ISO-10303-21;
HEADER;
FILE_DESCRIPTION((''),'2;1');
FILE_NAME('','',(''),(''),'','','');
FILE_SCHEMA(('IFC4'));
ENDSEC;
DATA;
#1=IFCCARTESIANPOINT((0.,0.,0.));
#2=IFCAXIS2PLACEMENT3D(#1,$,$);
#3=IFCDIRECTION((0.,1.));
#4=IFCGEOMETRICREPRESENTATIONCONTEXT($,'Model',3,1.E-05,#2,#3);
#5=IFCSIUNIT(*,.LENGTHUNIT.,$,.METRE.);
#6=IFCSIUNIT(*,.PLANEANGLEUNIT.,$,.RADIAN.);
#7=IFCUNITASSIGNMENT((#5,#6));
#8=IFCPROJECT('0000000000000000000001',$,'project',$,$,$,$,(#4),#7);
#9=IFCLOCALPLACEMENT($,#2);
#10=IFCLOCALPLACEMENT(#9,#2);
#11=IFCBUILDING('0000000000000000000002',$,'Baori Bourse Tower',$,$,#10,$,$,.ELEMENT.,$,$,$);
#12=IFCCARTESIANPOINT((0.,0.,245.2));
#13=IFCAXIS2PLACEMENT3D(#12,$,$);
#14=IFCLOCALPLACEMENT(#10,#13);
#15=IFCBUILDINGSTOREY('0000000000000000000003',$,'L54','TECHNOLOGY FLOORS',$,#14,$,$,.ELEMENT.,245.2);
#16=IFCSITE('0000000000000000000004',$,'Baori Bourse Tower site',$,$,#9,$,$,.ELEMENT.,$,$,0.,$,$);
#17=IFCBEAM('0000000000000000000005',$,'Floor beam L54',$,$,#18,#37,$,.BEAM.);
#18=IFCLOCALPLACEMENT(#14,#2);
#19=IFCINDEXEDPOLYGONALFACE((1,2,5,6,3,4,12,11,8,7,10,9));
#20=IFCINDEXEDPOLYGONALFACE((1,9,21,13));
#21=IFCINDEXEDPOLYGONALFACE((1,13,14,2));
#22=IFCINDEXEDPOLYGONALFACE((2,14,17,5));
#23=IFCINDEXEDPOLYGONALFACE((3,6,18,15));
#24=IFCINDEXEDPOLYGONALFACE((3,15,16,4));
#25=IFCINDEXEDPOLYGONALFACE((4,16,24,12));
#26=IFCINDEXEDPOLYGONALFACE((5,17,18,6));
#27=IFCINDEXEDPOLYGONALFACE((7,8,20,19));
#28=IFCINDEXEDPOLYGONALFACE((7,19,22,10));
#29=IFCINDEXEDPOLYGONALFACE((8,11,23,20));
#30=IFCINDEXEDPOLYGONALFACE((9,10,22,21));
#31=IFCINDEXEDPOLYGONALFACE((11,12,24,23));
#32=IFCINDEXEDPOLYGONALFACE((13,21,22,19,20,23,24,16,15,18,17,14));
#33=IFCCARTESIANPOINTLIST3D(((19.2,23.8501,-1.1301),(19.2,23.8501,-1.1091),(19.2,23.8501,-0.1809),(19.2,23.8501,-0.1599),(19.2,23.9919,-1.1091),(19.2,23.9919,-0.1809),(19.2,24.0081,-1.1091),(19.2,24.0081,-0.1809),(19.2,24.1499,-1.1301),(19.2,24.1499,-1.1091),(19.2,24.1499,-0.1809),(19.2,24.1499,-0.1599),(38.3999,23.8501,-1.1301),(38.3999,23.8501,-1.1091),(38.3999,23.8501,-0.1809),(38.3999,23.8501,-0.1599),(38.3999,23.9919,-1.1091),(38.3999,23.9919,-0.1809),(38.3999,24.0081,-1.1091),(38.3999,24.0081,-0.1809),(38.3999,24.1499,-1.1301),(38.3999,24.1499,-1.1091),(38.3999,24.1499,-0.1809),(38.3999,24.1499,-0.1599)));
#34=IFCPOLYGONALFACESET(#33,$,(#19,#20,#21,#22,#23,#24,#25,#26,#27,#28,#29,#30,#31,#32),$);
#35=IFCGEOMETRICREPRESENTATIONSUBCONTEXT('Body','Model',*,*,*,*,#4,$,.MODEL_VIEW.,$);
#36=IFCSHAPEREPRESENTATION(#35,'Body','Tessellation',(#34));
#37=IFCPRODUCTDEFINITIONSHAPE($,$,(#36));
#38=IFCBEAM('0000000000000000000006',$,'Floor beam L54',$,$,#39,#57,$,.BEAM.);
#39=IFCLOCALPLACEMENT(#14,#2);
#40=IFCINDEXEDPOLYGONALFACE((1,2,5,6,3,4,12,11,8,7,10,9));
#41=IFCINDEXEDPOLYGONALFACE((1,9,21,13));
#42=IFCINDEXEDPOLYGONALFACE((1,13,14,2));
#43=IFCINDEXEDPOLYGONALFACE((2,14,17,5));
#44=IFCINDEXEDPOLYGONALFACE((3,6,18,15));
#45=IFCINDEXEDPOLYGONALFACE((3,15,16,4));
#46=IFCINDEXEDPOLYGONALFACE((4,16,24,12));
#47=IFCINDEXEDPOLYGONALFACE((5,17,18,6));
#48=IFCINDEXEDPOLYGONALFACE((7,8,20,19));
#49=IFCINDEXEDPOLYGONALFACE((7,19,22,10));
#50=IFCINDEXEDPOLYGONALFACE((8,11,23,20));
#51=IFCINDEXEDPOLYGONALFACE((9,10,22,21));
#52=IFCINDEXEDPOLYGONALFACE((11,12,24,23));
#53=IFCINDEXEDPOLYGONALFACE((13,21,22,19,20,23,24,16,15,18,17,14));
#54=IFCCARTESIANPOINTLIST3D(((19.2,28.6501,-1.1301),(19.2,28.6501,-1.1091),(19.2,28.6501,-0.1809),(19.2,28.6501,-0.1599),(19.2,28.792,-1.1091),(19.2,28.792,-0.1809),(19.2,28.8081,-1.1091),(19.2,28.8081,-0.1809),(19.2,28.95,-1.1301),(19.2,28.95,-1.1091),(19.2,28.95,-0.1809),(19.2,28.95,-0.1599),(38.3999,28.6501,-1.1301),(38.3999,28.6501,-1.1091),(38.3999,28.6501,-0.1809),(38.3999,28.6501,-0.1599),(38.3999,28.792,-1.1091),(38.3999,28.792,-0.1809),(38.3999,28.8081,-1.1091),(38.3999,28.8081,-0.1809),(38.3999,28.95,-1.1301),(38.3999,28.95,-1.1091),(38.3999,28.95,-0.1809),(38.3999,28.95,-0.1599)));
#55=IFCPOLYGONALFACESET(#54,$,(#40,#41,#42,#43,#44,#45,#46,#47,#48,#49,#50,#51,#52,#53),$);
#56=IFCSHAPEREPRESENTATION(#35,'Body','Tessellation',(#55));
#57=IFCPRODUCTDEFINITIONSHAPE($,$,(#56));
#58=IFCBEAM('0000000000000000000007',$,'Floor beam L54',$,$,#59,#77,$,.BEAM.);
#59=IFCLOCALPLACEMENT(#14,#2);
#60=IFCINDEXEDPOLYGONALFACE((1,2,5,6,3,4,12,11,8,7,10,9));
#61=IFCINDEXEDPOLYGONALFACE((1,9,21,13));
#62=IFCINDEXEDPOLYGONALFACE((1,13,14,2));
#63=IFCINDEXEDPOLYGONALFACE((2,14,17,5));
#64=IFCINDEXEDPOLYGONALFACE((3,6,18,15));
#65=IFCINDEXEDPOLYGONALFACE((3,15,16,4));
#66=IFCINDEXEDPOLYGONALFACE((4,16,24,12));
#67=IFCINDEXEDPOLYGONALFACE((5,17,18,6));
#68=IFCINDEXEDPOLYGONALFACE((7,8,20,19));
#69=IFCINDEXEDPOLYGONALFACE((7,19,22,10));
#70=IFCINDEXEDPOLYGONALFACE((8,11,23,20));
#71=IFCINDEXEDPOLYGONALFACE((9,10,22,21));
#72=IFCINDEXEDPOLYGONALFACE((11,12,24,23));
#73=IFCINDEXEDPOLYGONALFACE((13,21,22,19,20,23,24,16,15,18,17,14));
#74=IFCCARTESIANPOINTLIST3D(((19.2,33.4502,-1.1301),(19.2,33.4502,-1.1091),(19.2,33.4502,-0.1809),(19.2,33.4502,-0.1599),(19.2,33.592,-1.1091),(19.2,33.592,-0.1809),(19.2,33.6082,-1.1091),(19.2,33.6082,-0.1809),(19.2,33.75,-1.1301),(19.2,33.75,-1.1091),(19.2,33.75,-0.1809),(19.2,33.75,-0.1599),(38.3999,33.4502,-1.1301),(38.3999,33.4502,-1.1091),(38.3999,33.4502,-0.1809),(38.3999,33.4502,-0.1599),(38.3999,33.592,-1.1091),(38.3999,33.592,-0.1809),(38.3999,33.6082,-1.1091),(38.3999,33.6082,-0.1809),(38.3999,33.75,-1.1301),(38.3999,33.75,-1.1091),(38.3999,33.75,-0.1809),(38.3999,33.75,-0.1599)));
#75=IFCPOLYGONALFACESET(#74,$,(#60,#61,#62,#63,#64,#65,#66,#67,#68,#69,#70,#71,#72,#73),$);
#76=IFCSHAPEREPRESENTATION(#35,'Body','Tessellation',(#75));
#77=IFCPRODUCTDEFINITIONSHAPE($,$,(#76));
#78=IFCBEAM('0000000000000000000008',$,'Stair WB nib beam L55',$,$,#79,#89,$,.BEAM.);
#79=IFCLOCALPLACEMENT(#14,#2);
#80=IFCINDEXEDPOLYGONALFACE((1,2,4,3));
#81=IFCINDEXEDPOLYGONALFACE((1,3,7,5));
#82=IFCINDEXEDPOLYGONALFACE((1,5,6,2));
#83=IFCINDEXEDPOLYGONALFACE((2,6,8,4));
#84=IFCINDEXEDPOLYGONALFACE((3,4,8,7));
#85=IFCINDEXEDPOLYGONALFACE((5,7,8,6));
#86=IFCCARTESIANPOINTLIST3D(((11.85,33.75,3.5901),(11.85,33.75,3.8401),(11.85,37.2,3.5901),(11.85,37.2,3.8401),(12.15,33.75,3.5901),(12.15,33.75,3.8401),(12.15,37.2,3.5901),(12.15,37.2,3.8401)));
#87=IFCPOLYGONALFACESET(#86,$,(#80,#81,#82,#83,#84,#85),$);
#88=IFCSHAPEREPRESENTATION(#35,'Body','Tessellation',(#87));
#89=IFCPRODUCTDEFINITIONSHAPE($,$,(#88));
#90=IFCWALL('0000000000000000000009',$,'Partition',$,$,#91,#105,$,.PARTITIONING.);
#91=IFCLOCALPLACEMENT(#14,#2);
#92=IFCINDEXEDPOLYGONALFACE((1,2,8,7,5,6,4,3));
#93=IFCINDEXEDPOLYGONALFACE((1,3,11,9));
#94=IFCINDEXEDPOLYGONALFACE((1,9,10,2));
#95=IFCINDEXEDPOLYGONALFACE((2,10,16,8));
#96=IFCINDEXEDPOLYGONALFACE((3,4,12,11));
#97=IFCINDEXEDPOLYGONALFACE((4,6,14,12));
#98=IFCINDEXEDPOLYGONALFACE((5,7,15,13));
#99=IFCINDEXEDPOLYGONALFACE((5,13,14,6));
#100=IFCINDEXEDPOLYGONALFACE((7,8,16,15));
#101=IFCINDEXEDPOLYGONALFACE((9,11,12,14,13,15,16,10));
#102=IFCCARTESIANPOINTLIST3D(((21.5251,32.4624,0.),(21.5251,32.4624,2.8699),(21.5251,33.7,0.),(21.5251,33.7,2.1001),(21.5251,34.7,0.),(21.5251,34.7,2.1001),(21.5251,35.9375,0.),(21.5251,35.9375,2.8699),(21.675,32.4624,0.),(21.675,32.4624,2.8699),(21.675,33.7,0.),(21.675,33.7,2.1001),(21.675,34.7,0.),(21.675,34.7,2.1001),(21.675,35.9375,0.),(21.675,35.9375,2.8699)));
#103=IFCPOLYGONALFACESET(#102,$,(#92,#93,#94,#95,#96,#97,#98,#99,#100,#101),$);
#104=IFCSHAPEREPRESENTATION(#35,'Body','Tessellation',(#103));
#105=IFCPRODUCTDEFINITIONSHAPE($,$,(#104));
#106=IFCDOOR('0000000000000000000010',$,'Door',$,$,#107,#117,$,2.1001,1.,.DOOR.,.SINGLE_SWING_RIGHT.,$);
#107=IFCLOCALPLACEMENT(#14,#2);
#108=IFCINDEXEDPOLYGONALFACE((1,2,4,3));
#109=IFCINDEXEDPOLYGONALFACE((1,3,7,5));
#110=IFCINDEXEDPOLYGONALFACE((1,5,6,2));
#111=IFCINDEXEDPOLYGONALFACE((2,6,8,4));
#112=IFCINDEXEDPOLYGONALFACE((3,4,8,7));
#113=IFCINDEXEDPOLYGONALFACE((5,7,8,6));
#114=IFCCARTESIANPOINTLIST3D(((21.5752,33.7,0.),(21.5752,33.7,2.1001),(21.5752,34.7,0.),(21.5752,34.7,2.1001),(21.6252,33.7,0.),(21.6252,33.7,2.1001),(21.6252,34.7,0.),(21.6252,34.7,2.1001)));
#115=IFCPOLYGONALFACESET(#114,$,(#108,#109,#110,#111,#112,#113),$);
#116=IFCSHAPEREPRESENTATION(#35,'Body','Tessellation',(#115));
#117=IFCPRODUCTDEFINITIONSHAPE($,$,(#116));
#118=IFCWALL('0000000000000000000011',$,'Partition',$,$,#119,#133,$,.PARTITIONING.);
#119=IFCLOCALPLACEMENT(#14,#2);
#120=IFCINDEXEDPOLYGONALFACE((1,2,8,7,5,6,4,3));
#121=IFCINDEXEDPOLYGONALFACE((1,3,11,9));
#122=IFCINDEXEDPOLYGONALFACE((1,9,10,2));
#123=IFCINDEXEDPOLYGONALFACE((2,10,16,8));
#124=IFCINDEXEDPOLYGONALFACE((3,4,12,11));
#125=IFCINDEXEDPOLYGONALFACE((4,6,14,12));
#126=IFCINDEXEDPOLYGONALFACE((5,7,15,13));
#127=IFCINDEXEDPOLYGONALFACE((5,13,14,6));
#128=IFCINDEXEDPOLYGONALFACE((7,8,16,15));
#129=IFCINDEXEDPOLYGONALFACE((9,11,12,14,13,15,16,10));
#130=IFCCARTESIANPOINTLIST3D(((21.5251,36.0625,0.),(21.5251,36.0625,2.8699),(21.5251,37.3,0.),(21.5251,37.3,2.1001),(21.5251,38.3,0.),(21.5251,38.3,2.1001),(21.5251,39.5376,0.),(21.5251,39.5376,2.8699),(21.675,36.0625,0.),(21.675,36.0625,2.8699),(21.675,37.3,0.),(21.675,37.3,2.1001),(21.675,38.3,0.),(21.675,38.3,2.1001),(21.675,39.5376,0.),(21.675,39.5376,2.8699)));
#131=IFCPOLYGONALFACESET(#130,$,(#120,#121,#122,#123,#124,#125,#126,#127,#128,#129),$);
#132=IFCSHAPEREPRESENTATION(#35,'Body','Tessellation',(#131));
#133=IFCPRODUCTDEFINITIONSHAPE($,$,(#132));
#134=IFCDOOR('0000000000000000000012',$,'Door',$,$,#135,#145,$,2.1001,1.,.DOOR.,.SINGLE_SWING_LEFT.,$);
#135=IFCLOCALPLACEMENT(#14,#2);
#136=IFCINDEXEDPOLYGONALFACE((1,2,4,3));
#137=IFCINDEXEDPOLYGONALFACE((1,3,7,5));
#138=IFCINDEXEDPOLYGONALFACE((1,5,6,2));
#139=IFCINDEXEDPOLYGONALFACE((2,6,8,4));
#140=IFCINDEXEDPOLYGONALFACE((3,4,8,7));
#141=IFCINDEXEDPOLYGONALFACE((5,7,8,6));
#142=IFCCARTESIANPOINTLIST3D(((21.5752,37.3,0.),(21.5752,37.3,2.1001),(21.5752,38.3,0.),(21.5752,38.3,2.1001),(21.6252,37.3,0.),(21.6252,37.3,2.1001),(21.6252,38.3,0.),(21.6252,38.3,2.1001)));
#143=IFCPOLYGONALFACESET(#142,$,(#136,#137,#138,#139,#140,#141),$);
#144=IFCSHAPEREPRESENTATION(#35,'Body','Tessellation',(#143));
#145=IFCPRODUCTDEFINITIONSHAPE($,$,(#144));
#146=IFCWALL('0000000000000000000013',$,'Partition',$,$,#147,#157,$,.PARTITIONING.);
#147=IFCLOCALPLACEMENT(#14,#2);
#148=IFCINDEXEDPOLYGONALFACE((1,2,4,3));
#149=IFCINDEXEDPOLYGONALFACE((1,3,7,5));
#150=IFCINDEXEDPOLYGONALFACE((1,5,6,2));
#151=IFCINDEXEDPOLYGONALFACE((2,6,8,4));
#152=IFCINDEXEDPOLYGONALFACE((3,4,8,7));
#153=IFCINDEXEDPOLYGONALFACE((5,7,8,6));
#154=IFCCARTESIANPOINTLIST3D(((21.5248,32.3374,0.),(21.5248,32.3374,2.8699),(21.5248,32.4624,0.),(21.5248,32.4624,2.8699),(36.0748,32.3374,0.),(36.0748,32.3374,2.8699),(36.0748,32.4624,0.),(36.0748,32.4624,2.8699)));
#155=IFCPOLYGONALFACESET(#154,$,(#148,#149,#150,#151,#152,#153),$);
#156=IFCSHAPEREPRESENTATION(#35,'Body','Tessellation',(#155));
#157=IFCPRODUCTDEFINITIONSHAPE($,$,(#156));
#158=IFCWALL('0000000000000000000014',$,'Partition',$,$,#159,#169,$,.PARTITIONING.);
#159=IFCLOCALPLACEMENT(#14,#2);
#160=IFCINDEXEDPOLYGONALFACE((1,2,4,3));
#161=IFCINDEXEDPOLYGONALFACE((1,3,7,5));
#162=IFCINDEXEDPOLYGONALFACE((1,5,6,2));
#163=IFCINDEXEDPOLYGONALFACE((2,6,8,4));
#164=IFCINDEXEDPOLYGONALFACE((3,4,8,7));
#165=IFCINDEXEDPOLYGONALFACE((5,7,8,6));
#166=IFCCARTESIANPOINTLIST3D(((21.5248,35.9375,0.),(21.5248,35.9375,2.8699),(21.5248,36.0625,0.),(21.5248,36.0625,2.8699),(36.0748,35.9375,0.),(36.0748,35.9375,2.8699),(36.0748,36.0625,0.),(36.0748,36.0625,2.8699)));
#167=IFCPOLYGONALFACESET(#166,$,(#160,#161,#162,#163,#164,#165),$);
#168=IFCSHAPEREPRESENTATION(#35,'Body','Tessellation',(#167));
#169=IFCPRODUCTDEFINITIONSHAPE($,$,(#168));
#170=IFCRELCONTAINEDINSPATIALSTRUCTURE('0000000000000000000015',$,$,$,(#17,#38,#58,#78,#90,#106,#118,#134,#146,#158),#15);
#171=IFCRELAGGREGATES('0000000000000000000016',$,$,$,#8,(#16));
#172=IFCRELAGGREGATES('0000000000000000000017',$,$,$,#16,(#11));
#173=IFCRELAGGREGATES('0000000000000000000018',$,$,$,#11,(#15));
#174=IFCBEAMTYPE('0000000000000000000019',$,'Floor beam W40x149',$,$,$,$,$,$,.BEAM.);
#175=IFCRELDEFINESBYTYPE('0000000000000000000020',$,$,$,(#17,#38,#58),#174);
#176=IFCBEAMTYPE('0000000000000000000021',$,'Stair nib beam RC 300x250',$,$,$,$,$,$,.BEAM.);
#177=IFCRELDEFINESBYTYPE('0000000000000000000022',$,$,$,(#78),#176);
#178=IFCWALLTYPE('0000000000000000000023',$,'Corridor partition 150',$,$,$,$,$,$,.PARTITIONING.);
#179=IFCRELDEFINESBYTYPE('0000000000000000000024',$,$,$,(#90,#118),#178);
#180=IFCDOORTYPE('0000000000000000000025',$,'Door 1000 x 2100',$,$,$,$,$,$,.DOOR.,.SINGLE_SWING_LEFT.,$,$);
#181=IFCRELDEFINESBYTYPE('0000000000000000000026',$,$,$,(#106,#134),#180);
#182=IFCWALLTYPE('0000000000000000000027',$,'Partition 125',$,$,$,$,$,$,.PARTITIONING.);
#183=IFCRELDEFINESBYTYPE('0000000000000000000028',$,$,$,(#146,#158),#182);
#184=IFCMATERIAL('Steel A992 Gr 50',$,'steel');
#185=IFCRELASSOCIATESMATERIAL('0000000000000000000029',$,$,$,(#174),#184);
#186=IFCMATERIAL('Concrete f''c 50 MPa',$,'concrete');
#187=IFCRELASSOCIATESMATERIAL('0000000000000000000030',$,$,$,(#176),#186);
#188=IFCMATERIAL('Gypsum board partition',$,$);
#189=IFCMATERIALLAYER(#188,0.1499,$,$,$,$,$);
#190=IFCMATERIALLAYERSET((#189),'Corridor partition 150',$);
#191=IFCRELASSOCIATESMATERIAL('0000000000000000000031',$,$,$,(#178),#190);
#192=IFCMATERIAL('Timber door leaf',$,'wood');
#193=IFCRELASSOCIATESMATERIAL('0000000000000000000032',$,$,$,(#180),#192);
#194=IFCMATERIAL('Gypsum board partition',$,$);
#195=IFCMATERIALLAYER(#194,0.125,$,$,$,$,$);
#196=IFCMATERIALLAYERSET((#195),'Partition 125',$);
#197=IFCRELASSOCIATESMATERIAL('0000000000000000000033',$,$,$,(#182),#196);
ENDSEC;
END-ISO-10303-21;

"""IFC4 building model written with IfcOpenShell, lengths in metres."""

from ifc_helpers import new_model, si_unit, direction, frame, frame_2d, origin, origin_2d, place, context, subcontext, project, spatial, rectangle, i_section, extrude, material, layer, layer_set, material_profile, profile_set, type_object, element, fill, save


model = new_model("IFC4")

# Units and contexts
model_context = context("Model", 3, precision=1e-05, world=origin(), true_north=direction((0.0, 1.0)))
body_context = subcontext(model_context, "Body", "Model", "MODEL_VIEW")
ifc_project = project(units=[si_unit("LENGTHUNIT", "METRE"), si_unit("PLANEANGLEUNIT", "RADIAN")], contexts=[model_context])

# Site, building, storey
site_placement = place(None, origin())
site = spatial("IfcSite", under=ifc_project, at=site_placement, Name="Baori Bourse Tower site", CompositionType="ELEMENT", RefElevation=0.0)
building_placement = place(site_placement, origin())
building = spatial("IfcBuilding", under=site, at=building_placement, Name="Baori Bourse Tower", CompositionType="ELEMENT")
storey_placement = place(building_placement, frame((0.0, 0.0, 245.2)))
storey = spatial("IfcBuildingStorey", under=building, at=storey_placement, Name="L54", Description="TECHNOLOGY FLOORS", CompositionType="ELEMENT", Elevation=245.2)

# Beams
ifc_material_1 = material(Name="Steel A992 Gr 50", Category="steel")
ifc_material_profile_1 = material_profile(ifc_material_1, i_section(OverallWidth=0.2998, OverallDepth=0.9702, WebThickness=0.0161, FlangeThickness=0.021, at=origin_2d()), Name="W40x149")
ifc_profile_set_1 = profile_set([ifc_material_profile_1], Name="Steel A992 Gr 50")
beam_type_1 = type_object("IfcBeamType", Name="Floor beam W40x149", PredefinedType="BEAM", material=ifc_profile_set_1)
for number, where, z_axis, x_axis, name in (
    (1, (19.2, 24.0, -0.645), (1.0, 0.0, 0.0), (0.0, 1.0, 0.0), "Floor beam L54"),
    (2, (19.2, 28.8, -0.645), (1.0, 0.0, 0.0), (0.0, 1.0, 0.0), "Floor beam L54"),
    (3, (19.2, 33.6001, -0.645), (1.0, 0.0, 0.0), (0.0, 1.0, 0.0), "Floor beam L54"),
):
    element("IfcBeam", number, at=place(storey_placement, frame(where, z_axis=z_axis, x_axis=x_axis)), inside=storey, type_object=beam_type_1, Name=name, PredefinedType="BEAM", context=body_context, shape_type="SweptSolid", body=[
        extrude(i_section(OverallWidth=0.2998, OverallDepth=0.9702, WebThickness=0.0161, FlangeThickness=0.021, at=origin_2d()), origin(), (0.0, 0.0, 1.0), 19.2),
    ])
ifc_material_2 = material(Name="Concrete f'c 50 MPa", Category="concrete")
ifc_material_profile_2 = material_profile(ifc_material_2, rectangle(XDim=0.3, YDim=0.25, at=origin_2d()), Name="RC 300x250")
ifc_profile_set_2 = profile_set([ifc_material_profile_2], Name="Concrete f'c 50 MPa")
beam_type_2 = type_object("IfcBeamType", Name="Stair nib beam RC 300x250", PredefinedType="BEAM", material=ifc_profile_set_2)
beam_placement = place(storey_placement, frame((12.0, 33.75, 3.7151), z_axis=(0.0, 1.0, 0.0), x_axis=(-1.0, 0.0, 0.0)))
element("IfcBeam", 4, at=beam_placement, inside=storey, type_object=beam_type_2, Name="Stair WB nib beam L55", PredefinedType="BEAM", context=body_context, shape_type="SweptSolid", body=[
    extrude(rectangle(XDim=0.3, YDim=0.25, at=origin_2d()), origin(), (0.0, 0.0, 1.0), 3.45),
])

# Walls, openings, doors
ifc_material_3 = material(Name="Gypsum board partition")
ifc_layer_1 = layer(ifc_material_3, 0.1499)
ifc_layer_set_1 = layer_set([ifc_layer_1], Name="Corridor partition 150")
wall_type_1 = type_object("IfcWallType", Name="Corridor partition 150", PredefinedType="PARTITIONING", material=ifc_layer_set_1)
wall_1_placement = place(storey_placement, frame((21.6001, 32.4624, 0.0), z_axis=(0.0, 0.0, 1.0), x_axis=(0.0, 1.0, 0.0)))
wall_1 = element("IfcWall", 5, at=wall_1_placement, inside=storey, type_object=wall_type_1, Name="Partition", PredefinedType="PARTITIONING", context=body_context, shape_type="SweptSolid", body=[
    extrude(rectangle(XDim=3.4751, YDim=0.1499, at=frame_2d((1.7375, 0.0))), origin(), (0.0, 0.0, 1.0), 2.8699),
])
opening_1_placement = place(wall_1_placement, frame((1.2375, 0.0, 0.0)))
opening_1 = element("IfcOpeningElement", 6, at=opening_1_placement, cuts=wall_1, PredefinedType="OPENING", context=body_context, shape_type="SweptSolid", body=[
    extrude(rectangle(XDim=1.0, YDim=2.1001, at=frame_2d((0.5, 1.05))), frame((0.0, 0.085, 0.0), z_axis=(0.0, -1.0, 0.0), x_axis=(1.0, 0.0, 0.0)), (0.0, 0.0, 1.0), 0.1699),
])
ifc_material_4 = material(Name="Timber door leaf", Category="wood")
door_type_1 = type_object("IfcDoorType", Name="Door 1000 x 2100", OperationType="SINGLE_SWING_LEFT", PredefinedType="DOOR", material=ifc_material_4)
door_1_placement = place(opening_1_placement, origin())
door_1 = element("IfcDoor", 7, at=door_1_placement, inside=storey, type_object=door_type_1, Name="Door", OperationType="SINGLE_SWING_RIGHT", OverallHeight=2.1001, OverallWidth=1.0, PredefinedType="DOOR", context=body_context, shape_type="SweptSolid", body=[
    extrude(rectangle(XDim=1.0, YDim=2.1001, at=frame_2d((0.5, 1.05))), frame((0.0, 0.0249, 0.0), z_axis=(0.0, -1.0, 0.0), x_axis=(1.0, 0.0, 0.0)), (0.0, 0.0, 1.0), 0.05),
])
fill(opening_1, door_1)
wall_2_placement = place(storey_placement, frame((21.6001, 36.0625, 0.0), z_axis=(0.0, 0.0, 1.0), x_axis=(0.0, 1.0, 0.0)))
wall_2 = element("IfcWall", 8, at=wall_2_placement, inside=storey, type_object=wall_type_1, Name="Partition", PredefinedType="PARTITIONING", context=body_context, shape_type="SweptSolid", body=[
    extrude(rectangle(XDim=3.4751, YDim=0.1499, at=frame_2d((1.7375, 0.0))), origin(), (0.0, 0.0, 1.0), 2.8699),
])
opening_2_placement = place(wall_2_placement, frame((1.2375, 0.0, 0.0)))
opening_2 = element("IfcOpeningElement", 9, at=opening_2_placement, cuts=wall_2, PredefinedType="OPENING", context=body_context, shape_type="SweptSolid", body=[
    extrude(rectangle(XDim=1.0, YDim=2.1001, at=frame_2d((0.5, 1.05))), frame((0.0, 0.085, 0.0), z_axis=(0.0, -1.0, 0.0), x_axis=(1.0, 0.0, 0.0)), (0.0, 0.0, 1.0), 0.1699),
])
door_2_placement = place(opening_2_placement, origin())
door_2 = element("IfcDoor", 10, at=door_2_placement, inside=storey, type_object=door_type_1, Name="Door", OperationType="SINGLE_SWING_LEFT", OverallHeight=2.1001, OverallWidth=1.0, PredefinedType="DOOR", context=body_context, shape_type="SweptSolid", body=[
    extrude(rectangle(XDim=1.0, YDim=2.1001, at=frame_2d((0.5, 1.05))), frame((0.0, 0.0249, 0.0), z_axis=(0.0, -1.0, 0.0), x_axis=(1.0, 0.0, 0.0)), (0.0, 0.0, 1.0), 0.05),
])
fill(opening_2, door_2)

# Walls
ifc_material_5 = material(Name="Gypsum board partition")
ifc_layer_2 = layer(ifc_material_5, 0.125)
ifc_layer_set_2 = layer_set([ifc_layer_2], Name="Partition 125")
wall_type_2 = type_object("IfcWallType", Name="Partition 125", PredefinedType="PARTITIONING", material=ifc_layer_set_2)
for number, where, z_axis, x_axis, name in (
    (11, (21.5249, 32.3999, 0.0), (0.0, 0.0, 1.0), (1.0, 0.0, 0.0), "Partition"),
    (12, (21.5249, 36.0, 0.0), (0.0, 0.0, 1.0), (1.0, 0.0, 0.0), "Partition"),
):
    element("IfcWall", number, at=place(storey_placement, frame(where, z_axis=z_axis, x_axis=x_axis)), inside=storey, type_object=wall_type_2, Name=name, PredefinedType="PARTITIONING", context=body_context, shape_type="SweptSolid", body=[
        extrude(rectangle(XDim=14.55, YDim=0.125, at=frame_2d((7.2749, 0.0))), origin(), (0.0, 0.0, 1.0), 2.8699),
    ])

save(model, "model.ifc")
